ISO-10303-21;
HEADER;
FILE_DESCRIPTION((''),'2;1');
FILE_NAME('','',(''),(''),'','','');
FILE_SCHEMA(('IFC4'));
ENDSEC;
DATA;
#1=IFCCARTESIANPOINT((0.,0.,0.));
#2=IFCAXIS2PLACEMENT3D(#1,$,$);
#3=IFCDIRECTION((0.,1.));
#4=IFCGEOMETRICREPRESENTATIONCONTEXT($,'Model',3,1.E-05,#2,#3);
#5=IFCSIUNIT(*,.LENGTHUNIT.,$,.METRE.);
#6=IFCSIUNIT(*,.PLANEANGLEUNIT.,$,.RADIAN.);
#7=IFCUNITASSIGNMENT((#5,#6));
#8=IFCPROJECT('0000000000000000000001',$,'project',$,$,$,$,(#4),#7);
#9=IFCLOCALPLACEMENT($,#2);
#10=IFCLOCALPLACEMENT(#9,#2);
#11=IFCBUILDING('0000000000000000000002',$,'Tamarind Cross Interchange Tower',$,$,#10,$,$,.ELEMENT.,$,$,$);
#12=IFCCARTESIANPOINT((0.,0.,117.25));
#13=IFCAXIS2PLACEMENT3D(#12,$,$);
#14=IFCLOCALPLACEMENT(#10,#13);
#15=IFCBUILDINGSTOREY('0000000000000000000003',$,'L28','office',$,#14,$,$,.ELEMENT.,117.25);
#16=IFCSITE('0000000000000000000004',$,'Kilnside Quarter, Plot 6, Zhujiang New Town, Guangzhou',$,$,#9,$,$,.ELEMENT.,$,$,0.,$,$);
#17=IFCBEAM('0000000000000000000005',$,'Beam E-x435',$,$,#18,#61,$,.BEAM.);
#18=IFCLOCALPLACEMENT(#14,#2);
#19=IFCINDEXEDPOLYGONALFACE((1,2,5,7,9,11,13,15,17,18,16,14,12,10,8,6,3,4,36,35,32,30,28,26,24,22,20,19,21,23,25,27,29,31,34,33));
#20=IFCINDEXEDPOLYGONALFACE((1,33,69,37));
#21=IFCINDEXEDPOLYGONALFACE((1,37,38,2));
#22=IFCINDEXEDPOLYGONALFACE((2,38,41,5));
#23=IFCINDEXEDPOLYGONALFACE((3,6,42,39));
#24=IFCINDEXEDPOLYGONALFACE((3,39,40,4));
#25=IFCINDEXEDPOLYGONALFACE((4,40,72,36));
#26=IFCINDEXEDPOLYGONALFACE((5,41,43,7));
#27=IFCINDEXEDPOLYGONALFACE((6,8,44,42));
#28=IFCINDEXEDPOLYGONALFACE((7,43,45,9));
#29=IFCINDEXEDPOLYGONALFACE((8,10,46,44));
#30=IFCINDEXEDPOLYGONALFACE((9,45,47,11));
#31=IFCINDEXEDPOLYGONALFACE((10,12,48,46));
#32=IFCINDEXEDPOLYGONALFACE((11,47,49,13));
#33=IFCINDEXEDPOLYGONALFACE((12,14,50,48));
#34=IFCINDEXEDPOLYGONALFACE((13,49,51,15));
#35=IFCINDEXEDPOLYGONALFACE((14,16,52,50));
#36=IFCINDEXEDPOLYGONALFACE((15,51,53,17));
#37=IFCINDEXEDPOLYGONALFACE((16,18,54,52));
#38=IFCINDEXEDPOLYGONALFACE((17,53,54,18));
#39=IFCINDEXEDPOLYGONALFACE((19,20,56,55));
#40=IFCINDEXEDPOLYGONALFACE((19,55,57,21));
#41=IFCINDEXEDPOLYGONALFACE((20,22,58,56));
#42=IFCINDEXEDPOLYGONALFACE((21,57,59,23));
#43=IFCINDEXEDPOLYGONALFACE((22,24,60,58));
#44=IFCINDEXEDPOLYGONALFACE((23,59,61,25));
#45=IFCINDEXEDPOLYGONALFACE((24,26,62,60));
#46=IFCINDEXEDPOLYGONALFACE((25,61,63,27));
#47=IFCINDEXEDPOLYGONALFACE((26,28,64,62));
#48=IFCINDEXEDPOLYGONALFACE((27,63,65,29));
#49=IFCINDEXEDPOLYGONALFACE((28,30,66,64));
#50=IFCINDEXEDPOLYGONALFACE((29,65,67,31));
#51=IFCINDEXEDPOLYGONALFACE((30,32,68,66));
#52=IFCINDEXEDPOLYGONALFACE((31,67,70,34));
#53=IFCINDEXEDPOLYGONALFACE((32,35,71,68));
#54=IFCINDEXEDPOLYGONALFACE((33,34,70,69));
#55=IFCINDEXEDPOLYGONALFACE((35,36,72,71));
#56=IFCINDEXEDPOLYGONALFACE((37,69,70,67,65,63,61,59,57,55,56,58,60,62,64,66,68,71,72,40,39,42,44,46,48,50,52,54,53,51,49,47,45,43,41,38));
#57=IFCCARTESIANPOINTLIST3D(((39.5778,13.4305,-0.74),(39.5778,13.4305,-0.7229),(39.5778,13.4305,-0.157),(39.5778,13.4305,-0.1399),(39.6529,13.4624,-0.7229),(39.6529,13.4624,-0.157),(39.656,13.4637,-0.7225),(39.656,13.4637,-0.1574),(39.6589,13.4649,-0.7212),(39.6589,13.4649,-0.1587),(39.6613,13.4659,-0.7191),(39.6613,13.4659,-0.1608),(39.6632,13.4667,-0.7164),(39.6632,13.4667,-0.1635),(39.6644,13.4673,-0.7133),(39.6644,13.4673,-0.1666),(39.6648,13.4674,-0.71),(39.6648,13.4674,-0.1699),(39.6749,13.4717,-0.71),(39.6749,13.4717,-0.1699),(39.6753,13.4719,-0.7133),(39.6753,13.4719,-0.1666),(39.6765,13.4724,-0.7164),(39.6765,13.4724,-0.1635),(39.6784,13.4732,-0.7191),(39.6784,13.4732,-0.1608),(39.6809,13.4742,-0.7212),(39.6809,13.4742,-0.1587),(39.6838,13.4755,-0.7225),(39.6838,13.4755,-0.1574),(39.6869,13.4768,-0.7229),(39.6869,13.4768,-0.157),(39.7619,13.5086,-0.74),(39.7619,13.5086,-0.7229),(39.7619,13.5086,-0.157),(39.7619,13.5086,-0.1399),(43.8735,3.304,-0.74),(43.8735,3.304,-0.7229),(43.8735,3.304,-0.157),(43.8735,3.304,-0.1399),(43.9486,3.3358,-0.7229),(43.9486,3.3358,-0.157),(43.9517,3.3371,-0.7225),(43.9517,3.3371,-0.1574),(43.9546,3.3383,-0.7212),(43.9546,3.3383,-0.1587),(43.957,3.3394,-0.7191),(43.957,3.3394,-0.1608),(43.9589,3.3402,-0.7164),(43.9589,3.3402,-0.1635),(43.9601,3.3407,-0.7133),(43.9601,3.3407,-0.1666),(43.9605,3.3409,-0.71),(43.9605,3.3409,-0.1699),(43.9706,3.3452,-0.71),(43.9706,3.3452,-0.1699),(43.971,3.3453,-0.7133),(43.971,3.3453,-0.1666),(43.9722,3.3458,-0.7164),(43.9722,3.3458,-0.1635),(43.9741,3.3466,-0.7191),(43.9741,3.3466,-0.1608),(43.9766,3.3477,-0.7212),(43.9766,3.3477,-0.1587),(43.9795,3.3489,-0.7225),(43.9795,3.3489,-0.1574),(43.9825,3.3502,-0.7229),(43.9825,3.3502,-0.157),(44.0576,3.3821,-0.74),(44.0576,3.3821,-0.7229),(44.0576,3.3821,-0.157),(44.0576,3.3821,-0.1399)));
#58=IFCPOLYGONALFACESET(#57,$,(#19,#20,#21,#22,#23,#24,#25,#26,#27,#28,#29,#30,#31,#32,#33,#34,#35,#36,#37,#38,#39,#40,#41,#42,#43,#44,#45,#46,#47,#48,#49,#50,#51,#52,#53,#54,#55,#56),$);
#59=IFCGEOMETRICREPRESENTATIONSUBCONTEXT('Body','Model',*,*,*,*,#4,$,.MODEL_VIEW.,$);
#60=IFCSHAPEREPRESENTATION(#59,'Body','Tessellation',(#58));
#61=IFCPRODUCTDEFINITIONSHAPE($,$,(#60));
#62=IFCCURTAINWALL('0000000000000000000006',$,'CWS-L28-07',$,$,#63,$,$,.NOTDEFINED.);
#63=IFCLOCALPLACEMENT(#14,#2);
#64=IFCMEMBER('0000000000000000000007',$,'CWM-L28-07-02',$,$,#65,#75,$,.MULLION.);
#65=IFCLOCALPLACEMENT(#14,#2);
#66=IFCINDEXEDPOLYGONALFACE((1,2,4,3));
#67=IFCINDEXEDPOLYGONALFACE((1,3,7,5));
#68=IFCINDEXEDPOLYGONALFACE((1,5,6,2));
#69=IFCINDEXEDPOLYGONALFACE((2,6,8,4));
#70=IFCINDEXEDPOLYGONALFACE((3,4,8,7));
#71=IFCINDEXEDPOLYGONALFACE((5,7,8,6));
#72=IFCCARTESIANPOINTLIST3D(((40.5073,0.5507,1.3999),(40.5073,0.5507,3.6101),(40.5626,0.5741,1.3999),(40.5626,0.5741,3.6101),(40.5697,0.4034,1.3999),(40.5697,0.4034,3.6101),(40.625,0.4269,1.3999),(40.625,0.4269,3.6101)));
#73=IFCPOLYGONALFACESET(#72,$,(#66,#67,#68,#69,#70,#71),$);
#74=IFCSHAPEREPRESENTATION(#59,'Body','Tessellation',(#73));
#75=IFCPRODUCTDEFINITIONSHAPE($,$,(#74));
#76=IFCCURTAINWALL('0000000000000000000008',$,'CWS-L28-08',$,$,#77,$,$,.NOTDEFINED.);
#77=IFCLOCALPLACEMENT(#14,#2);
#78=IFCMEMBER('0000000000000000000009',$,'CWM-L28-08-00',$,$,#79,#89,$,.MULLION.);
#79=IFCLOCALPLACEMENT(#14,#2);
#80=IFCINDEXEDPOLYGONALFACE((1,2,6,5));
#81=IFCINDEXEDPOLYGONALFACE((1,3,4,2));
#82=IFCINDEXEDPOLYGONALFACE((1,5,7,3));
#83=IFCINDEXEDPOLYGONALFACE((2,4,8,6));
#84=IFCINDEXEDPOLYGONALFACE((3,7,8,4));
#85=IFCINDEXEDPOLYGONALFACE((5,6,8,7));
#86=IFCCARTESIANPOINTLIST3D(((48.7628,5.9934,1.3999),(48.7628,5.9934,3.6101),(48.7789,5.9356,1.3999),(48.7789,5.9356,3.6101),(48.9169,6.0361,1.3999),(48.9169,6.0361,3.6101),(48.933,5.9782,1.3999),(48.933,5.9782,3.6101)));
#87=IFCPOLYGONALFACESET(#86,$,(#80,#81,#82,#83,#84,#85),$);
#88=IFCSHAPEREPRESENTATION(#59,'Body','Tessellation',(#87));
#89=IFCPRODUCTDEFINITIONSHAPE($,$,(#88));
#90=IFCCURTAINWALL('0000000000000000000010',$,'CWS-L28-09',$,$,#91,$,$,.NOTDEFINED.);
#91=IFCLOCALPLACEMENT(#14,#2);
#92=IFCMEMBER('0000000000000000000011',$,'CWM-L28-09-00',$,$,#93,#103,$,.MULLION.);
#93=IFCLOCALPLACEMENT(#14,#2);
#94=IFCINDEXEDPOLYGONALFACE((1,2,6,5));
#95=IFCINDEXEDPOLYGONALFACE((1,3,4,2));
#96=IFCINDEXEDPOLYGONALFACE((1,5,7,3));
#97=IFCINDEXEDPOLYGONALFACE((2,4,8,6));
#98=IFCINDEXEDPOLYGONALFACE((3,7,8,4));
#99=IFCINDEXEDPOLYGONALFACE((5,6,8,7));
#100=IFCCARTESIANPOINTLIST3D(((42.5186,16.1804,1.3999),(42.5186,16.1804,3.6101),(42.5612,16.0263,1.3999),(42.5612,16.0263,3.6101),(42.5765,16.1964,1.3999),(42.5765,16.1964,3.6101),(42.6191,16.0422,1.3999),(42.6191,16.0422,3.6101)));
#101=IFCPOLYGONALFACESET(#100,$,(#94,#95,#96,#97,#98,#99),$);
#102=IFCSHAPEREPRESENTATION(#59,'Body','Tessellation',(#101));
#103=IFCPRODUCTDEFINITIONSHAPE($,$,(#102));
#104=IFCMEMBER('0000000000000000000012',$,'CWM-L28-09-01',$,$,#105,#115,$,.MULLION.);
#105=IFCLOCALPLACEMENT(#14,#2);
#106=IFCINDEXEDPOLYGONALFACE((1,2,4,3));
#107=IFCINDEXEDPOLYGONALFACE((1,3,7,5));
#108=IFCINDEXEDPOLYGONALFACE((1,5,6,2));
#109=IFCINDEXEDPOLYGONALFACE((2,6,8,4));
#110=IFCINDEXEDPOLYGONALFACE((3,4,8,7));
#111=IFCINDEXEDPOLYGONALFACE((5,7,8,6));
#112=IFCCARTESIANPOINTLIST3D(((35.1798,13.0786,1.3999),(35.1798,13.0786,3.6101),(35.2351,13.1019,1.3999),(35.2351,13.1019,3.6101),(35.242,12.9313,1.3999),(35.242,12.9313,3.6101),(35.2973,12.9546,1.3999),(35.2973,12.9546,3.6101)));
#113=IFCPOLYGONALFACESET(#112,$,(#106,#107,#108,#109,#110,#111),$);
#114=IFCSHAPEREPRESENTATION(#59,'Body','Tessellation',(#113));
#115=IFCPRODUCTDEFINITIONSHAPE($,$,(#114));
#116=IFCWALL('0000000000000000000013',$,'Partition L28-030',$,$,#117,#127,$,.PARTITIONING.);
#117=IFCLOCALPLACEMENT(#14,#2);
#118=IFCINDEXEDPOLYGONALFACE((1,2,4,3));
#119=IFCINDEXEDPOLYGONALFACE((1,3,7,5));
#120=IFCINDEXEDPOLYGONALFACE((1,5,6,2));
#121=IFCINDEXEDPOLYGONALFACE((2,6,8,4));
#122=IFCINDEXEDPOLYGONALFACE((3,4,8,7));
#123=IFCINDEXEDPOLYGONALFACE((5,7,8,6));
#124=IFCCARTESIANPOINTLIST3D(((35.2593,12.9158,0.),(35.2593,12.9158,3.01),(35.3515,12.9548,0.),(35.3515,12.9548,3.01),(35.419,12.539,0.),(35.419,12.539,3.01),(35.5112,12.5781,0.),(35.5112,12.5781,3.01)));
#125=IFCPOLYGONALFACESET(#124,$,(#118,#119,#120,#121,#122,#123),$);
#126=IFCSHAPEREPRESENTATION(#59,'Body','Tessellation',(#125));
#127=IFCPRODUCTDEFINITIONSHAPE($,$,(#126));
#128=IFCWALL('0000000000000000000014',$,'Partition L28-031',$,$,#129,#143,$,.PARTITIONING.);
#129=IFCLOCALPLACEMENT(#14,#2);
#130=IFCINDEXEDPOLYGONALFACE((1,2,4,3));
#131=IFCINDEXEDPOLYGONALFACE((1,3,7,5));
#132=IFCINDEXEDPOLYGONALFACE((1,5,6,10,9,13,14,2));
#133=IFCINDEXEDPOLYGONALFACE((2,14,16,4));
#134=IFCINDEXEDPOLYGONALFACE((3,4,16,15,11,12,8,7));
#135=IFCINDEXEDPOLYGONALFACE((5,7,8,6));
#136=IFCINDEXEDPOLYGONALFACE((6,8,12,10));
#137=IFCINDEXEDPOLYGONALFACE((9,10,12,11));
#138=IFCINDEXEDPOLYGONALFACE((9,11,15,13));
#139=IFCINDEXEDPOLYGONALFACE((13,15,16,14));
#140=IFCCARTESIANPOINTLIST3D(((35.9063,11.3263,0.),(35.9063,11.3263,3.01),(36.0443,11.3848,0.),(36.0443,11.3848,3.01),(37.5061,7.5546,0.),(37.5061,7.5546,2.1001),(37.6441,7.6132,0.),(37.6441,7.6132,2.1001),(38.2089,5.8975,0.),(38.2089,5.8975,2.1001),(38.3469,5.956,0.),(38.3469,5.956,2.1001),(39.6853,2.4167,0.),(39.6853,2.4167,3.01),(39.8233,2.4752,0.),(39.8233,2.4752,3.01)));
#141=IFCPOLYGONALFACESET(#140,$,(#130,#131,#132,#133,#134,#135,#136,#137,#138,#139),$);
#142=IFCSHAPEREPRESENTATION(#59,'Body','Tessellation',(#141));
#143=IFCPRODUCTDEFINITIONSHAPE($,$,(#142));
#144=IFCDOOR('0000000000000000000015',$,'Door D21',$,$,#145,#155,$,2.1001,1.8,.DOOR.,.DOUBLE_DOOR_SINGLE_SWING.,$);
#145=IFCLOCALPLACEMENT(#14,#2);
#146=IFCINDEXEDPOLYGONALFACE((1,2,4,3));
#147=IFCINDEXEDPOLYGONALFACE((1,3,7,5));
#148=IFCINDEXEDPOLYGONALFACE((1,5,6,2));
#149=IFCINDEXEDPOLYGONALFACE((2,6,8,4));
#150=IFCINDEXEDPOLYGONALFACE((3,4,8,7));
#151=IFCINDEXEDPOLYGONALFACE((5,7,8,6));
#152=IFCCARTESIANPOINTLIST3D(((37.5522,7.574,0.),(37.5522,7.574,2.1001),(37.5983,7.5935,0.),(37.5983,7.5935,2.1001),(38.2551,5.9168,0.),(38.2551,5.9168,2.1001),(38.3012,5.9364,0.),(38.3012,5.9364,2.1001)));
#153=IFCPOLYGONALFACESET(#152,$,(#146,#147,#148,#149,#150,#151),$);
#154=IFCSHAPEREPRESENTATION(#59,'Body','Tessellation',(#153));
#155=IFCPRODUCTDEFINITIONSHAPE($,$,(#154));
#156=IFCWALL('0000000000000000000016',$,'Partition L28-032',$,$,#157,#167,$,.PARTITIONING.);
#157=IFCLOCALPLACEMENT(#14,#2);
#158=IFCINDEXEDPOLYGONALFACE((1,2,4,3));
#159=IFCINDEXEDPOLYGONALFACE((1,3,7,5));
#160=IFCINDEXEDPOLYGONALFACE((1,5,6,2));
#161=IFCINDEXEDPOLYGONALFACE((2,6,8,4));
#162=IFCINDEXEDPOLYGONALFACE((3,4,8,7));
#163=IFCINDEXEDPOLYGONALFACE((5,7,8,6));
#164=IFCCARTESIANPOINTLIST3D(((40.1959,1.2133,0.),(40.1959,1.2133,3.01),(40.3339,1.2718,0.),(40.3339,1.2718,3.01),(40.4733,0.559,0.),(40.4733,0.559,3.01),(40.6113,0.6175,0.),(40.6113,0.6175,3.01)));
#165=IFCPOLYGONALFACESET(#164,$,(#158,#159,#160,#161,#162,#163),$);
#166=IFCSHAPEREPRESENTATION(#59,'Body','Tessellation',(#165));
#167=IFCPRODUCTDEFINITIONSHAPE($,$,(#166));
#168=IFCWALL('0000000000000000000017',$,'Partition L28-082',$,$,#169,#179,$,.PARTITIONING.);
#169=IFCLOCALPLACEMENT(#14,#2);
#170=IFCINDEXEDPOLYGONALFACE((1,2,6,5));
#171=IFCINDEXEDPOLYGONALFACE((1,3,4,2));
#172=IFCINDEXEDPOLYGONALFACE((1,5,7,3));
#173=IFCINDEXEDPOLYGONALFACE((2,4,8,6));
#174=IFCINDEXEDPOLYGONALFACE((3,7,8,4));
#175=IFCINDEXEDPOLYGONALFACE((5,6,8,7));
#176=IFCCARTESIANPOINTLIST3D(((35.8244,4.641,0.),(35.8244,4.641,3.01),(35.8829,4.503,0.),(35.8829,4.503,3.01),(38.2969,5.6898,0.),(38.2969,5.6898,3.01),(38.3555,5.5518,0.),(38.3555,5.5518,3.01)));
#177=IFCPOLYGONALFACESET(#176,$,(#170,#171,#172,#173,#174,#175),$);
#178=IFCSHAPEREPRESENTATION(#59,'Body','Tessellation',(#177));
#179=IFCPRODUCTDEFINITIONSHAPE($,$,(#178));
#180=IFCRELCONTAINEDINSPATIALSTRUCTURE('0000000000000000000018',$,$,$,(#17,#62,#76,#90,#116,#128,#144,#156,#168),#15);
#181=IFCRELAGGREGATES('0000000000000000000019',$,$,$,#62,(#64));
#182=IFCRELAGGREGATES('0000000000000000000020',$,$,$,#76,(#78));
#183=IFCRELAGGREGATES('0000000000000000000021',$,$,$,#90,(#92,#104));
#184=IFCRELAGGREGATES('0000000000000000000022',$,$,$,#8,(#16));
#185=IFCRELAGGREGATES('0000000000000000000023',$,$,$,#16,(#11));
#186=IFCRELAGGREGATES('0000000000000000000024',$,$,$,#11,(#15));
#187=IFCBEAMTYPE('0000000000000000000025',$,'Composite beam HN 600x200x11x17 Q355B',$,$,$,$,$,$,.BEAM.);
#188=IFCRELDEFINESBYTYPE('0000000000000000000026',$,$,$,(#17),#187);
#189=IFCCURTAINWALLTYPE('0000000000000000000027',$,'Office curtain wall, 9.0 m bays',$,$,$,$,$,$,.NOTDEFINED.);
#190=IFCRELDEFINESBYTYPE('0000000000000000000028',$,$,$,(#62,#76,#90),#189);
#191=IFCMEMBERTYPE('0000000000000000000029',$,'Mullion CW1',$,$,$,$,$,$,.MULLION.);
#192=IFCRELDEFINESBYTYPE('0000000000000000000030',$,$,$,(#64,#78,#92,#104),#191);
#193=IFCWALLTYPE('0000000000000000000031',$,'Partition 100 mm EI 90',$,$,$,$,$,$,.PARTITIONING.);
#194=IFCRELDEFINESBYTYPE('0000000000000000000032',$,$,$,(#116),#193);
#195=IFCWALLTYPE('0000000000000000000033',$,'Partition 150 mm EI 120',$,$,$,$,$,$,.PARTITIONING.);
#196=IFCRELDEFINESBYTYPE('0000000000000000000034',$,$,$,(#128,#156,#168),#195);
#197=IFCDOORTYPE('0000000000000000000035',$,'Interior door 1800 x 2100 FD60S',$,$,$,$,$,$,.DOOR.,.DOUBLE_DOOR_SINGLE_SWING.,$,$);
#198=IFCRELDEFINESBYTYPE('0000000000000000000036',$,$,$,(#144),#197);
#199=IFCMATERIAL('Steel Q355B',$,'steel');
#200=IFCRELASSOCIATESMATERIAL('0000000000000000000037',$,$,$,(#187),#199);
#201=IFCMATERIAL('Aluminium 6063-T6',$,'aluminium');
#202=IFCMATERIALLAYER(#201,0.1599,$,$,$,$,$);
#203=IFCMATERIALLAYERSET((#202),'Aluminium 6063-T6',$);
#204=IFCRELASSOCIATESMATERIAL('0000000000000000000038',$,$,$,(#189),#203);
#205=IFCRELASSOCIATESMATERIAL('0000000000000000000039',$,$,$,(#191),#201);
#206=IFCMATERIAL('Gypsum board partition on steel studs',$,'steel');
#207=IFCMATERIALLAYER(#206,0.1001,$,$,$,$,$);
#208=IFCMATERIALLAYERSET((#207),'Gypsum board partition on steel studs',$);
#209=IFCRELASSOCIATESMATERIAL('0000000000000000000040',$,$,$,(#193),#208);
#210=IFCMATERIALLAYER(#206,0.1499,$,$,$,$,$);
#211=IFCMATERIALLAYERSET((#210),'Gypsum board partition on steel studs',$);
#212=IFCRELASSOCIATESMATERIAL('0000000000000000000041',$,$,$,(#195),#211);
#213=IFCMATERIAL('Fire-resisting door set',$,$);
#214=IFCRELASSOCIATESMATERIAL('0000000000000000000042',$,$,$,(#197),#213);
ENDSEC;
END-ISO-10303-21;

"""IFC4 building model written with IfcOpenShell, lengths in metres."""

from ifc_helpers import new_model, si_unit, direction, frame, frame_2d, origin, origin_2d, place, context, subcontext, project, spatial, rectangle, i_section, extrude, material, layer, layer_set, material_profile, profile_set, type_object, element, fill, aggregate, save


model = new_model("IFC4")

# Units and contexts
model_context = context("Model", 3, precision=1e-05, world=origin(), true_north=direction((0.0, 1.0)))
body_context = subcontext(model_context, "Body", "Model", "MODEL_VIEW")
ifc_project = project(units=[si_unit("LENGTHUNIT", "METRE"), si_unit("PLANEANGLEUNIT", "RADIAN")], contexts=[model_context])

# Site, building, storey
site_placement = place(None, origin())
site = spatial("IfcSite", under=ifc_project, at=site_placement, Name="Kilnside Quarter, Plot 6, Zhujiang New Town, Guangzhou", CompositionType="ELEMENT", RefElevation=0.0)
building_placement = place(site_placement, origin())
building = spatial("IfcBuilding", under=site, at=building_placement, Name="Tamarind Cross Interchange Tower", CompositionType="ELEMENT")
storey_placement = place(building_placement, frame((0.0, 0.0, 117.25)))
storey = spatial("IfcBuildingStorey", under=building, at=storey_placement, Name="L28", Description="office", CompositionType="ELEMENT", Elevation=117.25)

# Beam
ifc_material_1 = material(Name="Steel Q355B", Category="steel")
ifc_material_profile_1 = material_profile(ifc_material_1, i_section(OverallWidth=0.2, OverallDepth=0.6001, WebThickness=0.011, FlangeThickness=0.0171, FilletRadius=0.0129, at=origin_2d()), Name="HN 600x200x11x17")
ifc_profile_set_1 = profile_set([ifc_material_profile_1], Name="Steel Q355B")
beam_type_1 = type_object("IfcBeamType", Name="Composite beam HN 600x200x11x17 Q355B", PredefinedType="BEAM", material=ifc_profile_set_1)
for number, where, z_axis, x_axis, name in (
    (1, (43.9656, 3.343, -0.4399), (-0.390517, 0.920596, 0.0), (-0.920596, -0.390517, 0.0), "Beam E-x435"),
):
    element("IfcBeam", number, at=place(storey_placement, frame(where, z_axis=z_axis, x_axis=x_axis)), inside=storey, type_object=beam_type_1, Name=name, PredefinedType="BEAM", context=body_context, shape_type="SweptSolid", body=[
        extrude(i_section(OverallWidth=0.2, OverallDepth=0.6001, WebThickness=0.011, FlangeThickness=0.0171, FilletRadius=0.0129, at=origin_2d()), origin(), (0.0, 0.0, 1.0), 11.0),
    ])

# Curtain walls, members
ifc_material_2 = material(Name="Aluminium 6063-T6", Category="aluminium")
ifc_layer_1 = layer(ifc_material_2, 0.1599)
ifc_layer_set_1 = layer_set([ifc_layer_1], Name="Aluminium 6063-T6")
curtain_wall_type = type_object("IfcCurtainWallType", Name="Office curtain wall, 9.0 m bays", PredefinedType="NOTDEFINED", material=ifc_layer_set_1)
curtain_wall_1_placement = place(storey_placement, origin())
curtain_wall_1 = element("IfcCurtainWall", 2, at=curtain_wall_1_placement, inside=storey, type_object=curtain_wall_type, Name="CWS-L28-07", PredefinedType="NOTDEFINED")
ifc_material_profile_2 = material_profile(ifc_material_2, rectangle(XDim=0.0601, YDim=0.1599, at=origin_2d()), Name="Mullion CW1")
ifc_profile_set_2 = profile_set([ifc_material_profile_2], Name="Aluminium 6063-T6")
member_type = type_object("IfcMemberType", Name="Mullion CW1", PredefinedType="MULLION", material=ifc_profile_set_2)
member_1_placement = place(storey_placement, frame((40.5662, 0.4888, 1.3999), z_axis=(0.0, 0.0, 1.0), x_axis=(0.920603, 0.3905, 0.0)))
member_1 = element("IfcMember", 3, at=member_1_placement, type_object=member_type, Name="CWM-L28-07-02", PredefinedType="MULLION", context=body_context, shape_type="SweptSolid", body=[
    extrude(rectangle(XDim=0.0601, YDim=0.1599, at=origin_2d()), origin(), (0.0, 0.0, 1.0), 2.2102),
])
aggregate(curtain_wall_1, [member_1])
curtain_wall_2_placement = place(storey_placement, origin())
curtain_wall_2 = element("IfcCurtainWall", 4, at=curtain_wall_2_placement, inside=storey, type_object=curtain_wall_type, Name="CWS-L28-08", PredefinedType="NOTDEFINED")
member_2_placement = place(storey_placement, frame((48.8479, 5.9858, 1.3999), z_axis=(0.0, 0.0, 1.0), x_axis=(-0.266996, 0.963698, 0.0)))
member_2 = element("IfcMember", 5, at=member_2_placement, type_object=member_type, Name="CWM-L28-08-00", PredefinedType="MULLION", context=body_context, shape_type="SweptSolid", body=[
    extrude(rectangle(XDim=0.0601, YDim=0.1599, at=origin_2d()), origin(), (0.0, 0.0, 1.0), 2.2102),
])
aggregate(curtain_wall_2, [member_2])

# Curtain wall, members
curtain_wall_3_placement = place(storey_placement, origin())
curtain_wall_3 = element("IfcCurtainWall", 6, at=curtain_wall_3_placement, inside=storey, type_object=curtain_wall_type, Name="CWS-L28-09", PredefinedType="NOTDEFINED")
member_3_placement = place(storey_placement, frame((42.5688, 16.1113, 1.3999), z_axis=(0.0, 0.0, 1.0), x_axis=(-0.963924, -0.266179, 0.0)))
member_3 = element("IfcMember", 7, at=member_3_placement, type_object=member_type, Name="CWM-L28-09-00", PredefinedType="MULLION", context=body_context, shape_type="SweptSolid", body=[
    extrude(rectangle(XDim=0.0601, YDim=0.1599, at=origin_2d()), origin(), (0.0, 0.0, 1.0), 2.2102),
])
member_4_placement = place(storey_placement, frame((35.2385, 13.0166, 1.3999), z_axis=(0.0, 0.0, 1.0), x_axis=(-0.921264, -0.388939, 0.0)))
member_4 = element("IfcMember", 8, at=member_4_placement, type_object=member_type, Name="CWM-L28-09-01", PredefinedType="MULLION", context=body_context, shape_type="SweptSolid", body=[
    extrude(rectangle(XDim=0.0601, YDim=0.1599, at=origin_2d()), origin(), (0.0, 0.0, 1.0), 2.2102),
])
aggregate(curtain_wall_3, [member_3, member_4])

# Wall
ifc_material_3 = material(Name="Gypsum board partition on steel studs", Category="steel")
ifc_layer_2 = layer(ifc_material_3, 0.1001)
ifc_layer_set_2 = layer_set([ifc_layer_2], Name="Gypsum board partition on steel studs")
wall_type_1 = type_object("IfcWallType", Name="Partition 100 mm EI 90", PredefinedType="PARTITIONING", material=ifc_layer_set_2)
wall_1_placement = place(storey_placement, frame((35.3054, 12.9353, 0.0), z_axis=(0.0, 0.0, 1.0), x_axis=(0.390243, -0.920712, 0.0)))
element("IfcWall", 9, at=wall_1_placement, inside=storey, type_object=wall_type_1, Name="Partition L28-030", PredefinedType="PARTITIONING", context=body_context, shape_type="SweptSolid", body=[
    extrude(rectangle(XDim=0.4092, YDim=0.1001, at=frame_2d((0.2046, 0.0))), origin(), (0.0, 0.0, 1.0), 3.01),
])

# Wall, opening, door
ifc_layer_3 = layer(ifc_material_3, 0.1499)
ifc_layer_set_3 = layer_set([ifc_layer_3], Name="Gypsum board partition on steel studs")
wall_type_2 = type_object("IfcWallType", Name="Partition 150 mm EI 120", PredefinedType="PARTITIONING", material=ifc_layer_set_3)
wall_2_placement = place(storey_placement, frame((35.9753, 11.3555, 0.0), z_axis=(0.0, 0.0, 1.0), x_axis=(0.390479, -0.920612, 0.0)))
wall_2 = element("IfcWall", 10, at=wall_2_placement, inside=storey, type_object=wall_type_2, Name="Partition L28-031", PredefinedType="PARTITIONING", context=body_context, shape_type="SweptSolid", body=[
    extrude(rectangle(XDim=9.678, YDim=0.1499, at=frame_2d((4.8389, 0.0))), origin(), (0.0, 0.0, 1.0), 3.01),
])
opening_1_placement = place(wall_2_placement, frame((4.0969, 0.0, 0.0)))
opening_1 = element("IfcOpeningElement", 11, at=opening_1_placement, cuts=wall_2, PredefinedType="OPENING", context=body_context, shape_type="SweptSolid", body=[
    extrude(rectangle(XDim=1.8, YDim=2.1001, at=frame_2d((0.8999, 1.05))), frame((0.0, 0.085, 0.0), z_axis=(0.0, -1.0, 0.0), x_axis=(1.0, 0.0, 0.0)), (0.0, 0.0, 1.0), 0.1699),
])
ifc_material_4 = material(Name="Fire-resisting door set")
door_type_1 = type_object("IfcDoorType", Name="Interior door 1800 x 2100 FD60S", OperationType="DOUBLE_DOOR_SINGLE_SWING", PredefinedType="DOOR", material=ifc_material_4)
door_1_placement = place(opening_1_placement, frame((1.8, 0.0, 0.0), z_axis=(0.0, 0.0, 1.0), x_axis=(-1.0, 0.0, 0.0)))
door_1 = element("IfcDoor", 12, at=door_1_placement, inside=storey, type_object=door_type_1, Name="Door D21", OperationType="DOUBLE_DOOR_SINGLE_SWING", OverallHeight=2.1001, OverallWidth=1.8, PredefinedType="DOOR", context=body_context, shape_type="SweptSolid", body=[
    extrude(rectangle(XDim=1.8, YDim=2.1001, at=frame_2d((0.8999, 1.05))), frame((0.0, 0.0249, 0.0), z_axis=(0.0, -1.0, 0.0), x_axis=(1.0, 0.0, 0.0)), (0.0, 0.0, 1.0), 0.05),
])
fill(opening_1, door_1)

# Walls
wall_3_placement = place(storey_placement, frame((40.2649, 1.2427, 0.0), z_axis=(0.0, 0.0, 1.0), x_axis=(0.390268, -0.920702, 0.0)))
element("IfcWall", 13, at=wall_3_placement, inside=storey, type_object=wall_type_2, Name="Partition L28-032", PredefinedType="PARTITIONING", context=body_context, shape_type="SweptSolid", body=[
    extrude(rectangle(XDim=0.7107, YDim=0.1499, at=frame_2d((0.3555, 0.0))), origin(), (0.0, 0.0, 1.0), 3.01),
])
wall_4_placement = place(storey_placement, frame((35.8538, 4.572, 0.0), z_axis=(0.0, 0.0, 1.0), x_axis=(0.920606, 0.390494, 0.0)))
element("IfcWall", 14, at=wall_4_placement, inside=storey, type_object=wall_type_2, Name="Partition L28-082", PredefinedType="PARTITIONING", context=body_context, shape_type="SweptSolid", body=[
    extrude(rectangle(XDim=2.6858, YDim=0.1499, at=frame_2d((1.3428, 0.0))), origin(), (0.0, 0.0, 1.0), 3.01),
])

save(model, "model.ifc")
